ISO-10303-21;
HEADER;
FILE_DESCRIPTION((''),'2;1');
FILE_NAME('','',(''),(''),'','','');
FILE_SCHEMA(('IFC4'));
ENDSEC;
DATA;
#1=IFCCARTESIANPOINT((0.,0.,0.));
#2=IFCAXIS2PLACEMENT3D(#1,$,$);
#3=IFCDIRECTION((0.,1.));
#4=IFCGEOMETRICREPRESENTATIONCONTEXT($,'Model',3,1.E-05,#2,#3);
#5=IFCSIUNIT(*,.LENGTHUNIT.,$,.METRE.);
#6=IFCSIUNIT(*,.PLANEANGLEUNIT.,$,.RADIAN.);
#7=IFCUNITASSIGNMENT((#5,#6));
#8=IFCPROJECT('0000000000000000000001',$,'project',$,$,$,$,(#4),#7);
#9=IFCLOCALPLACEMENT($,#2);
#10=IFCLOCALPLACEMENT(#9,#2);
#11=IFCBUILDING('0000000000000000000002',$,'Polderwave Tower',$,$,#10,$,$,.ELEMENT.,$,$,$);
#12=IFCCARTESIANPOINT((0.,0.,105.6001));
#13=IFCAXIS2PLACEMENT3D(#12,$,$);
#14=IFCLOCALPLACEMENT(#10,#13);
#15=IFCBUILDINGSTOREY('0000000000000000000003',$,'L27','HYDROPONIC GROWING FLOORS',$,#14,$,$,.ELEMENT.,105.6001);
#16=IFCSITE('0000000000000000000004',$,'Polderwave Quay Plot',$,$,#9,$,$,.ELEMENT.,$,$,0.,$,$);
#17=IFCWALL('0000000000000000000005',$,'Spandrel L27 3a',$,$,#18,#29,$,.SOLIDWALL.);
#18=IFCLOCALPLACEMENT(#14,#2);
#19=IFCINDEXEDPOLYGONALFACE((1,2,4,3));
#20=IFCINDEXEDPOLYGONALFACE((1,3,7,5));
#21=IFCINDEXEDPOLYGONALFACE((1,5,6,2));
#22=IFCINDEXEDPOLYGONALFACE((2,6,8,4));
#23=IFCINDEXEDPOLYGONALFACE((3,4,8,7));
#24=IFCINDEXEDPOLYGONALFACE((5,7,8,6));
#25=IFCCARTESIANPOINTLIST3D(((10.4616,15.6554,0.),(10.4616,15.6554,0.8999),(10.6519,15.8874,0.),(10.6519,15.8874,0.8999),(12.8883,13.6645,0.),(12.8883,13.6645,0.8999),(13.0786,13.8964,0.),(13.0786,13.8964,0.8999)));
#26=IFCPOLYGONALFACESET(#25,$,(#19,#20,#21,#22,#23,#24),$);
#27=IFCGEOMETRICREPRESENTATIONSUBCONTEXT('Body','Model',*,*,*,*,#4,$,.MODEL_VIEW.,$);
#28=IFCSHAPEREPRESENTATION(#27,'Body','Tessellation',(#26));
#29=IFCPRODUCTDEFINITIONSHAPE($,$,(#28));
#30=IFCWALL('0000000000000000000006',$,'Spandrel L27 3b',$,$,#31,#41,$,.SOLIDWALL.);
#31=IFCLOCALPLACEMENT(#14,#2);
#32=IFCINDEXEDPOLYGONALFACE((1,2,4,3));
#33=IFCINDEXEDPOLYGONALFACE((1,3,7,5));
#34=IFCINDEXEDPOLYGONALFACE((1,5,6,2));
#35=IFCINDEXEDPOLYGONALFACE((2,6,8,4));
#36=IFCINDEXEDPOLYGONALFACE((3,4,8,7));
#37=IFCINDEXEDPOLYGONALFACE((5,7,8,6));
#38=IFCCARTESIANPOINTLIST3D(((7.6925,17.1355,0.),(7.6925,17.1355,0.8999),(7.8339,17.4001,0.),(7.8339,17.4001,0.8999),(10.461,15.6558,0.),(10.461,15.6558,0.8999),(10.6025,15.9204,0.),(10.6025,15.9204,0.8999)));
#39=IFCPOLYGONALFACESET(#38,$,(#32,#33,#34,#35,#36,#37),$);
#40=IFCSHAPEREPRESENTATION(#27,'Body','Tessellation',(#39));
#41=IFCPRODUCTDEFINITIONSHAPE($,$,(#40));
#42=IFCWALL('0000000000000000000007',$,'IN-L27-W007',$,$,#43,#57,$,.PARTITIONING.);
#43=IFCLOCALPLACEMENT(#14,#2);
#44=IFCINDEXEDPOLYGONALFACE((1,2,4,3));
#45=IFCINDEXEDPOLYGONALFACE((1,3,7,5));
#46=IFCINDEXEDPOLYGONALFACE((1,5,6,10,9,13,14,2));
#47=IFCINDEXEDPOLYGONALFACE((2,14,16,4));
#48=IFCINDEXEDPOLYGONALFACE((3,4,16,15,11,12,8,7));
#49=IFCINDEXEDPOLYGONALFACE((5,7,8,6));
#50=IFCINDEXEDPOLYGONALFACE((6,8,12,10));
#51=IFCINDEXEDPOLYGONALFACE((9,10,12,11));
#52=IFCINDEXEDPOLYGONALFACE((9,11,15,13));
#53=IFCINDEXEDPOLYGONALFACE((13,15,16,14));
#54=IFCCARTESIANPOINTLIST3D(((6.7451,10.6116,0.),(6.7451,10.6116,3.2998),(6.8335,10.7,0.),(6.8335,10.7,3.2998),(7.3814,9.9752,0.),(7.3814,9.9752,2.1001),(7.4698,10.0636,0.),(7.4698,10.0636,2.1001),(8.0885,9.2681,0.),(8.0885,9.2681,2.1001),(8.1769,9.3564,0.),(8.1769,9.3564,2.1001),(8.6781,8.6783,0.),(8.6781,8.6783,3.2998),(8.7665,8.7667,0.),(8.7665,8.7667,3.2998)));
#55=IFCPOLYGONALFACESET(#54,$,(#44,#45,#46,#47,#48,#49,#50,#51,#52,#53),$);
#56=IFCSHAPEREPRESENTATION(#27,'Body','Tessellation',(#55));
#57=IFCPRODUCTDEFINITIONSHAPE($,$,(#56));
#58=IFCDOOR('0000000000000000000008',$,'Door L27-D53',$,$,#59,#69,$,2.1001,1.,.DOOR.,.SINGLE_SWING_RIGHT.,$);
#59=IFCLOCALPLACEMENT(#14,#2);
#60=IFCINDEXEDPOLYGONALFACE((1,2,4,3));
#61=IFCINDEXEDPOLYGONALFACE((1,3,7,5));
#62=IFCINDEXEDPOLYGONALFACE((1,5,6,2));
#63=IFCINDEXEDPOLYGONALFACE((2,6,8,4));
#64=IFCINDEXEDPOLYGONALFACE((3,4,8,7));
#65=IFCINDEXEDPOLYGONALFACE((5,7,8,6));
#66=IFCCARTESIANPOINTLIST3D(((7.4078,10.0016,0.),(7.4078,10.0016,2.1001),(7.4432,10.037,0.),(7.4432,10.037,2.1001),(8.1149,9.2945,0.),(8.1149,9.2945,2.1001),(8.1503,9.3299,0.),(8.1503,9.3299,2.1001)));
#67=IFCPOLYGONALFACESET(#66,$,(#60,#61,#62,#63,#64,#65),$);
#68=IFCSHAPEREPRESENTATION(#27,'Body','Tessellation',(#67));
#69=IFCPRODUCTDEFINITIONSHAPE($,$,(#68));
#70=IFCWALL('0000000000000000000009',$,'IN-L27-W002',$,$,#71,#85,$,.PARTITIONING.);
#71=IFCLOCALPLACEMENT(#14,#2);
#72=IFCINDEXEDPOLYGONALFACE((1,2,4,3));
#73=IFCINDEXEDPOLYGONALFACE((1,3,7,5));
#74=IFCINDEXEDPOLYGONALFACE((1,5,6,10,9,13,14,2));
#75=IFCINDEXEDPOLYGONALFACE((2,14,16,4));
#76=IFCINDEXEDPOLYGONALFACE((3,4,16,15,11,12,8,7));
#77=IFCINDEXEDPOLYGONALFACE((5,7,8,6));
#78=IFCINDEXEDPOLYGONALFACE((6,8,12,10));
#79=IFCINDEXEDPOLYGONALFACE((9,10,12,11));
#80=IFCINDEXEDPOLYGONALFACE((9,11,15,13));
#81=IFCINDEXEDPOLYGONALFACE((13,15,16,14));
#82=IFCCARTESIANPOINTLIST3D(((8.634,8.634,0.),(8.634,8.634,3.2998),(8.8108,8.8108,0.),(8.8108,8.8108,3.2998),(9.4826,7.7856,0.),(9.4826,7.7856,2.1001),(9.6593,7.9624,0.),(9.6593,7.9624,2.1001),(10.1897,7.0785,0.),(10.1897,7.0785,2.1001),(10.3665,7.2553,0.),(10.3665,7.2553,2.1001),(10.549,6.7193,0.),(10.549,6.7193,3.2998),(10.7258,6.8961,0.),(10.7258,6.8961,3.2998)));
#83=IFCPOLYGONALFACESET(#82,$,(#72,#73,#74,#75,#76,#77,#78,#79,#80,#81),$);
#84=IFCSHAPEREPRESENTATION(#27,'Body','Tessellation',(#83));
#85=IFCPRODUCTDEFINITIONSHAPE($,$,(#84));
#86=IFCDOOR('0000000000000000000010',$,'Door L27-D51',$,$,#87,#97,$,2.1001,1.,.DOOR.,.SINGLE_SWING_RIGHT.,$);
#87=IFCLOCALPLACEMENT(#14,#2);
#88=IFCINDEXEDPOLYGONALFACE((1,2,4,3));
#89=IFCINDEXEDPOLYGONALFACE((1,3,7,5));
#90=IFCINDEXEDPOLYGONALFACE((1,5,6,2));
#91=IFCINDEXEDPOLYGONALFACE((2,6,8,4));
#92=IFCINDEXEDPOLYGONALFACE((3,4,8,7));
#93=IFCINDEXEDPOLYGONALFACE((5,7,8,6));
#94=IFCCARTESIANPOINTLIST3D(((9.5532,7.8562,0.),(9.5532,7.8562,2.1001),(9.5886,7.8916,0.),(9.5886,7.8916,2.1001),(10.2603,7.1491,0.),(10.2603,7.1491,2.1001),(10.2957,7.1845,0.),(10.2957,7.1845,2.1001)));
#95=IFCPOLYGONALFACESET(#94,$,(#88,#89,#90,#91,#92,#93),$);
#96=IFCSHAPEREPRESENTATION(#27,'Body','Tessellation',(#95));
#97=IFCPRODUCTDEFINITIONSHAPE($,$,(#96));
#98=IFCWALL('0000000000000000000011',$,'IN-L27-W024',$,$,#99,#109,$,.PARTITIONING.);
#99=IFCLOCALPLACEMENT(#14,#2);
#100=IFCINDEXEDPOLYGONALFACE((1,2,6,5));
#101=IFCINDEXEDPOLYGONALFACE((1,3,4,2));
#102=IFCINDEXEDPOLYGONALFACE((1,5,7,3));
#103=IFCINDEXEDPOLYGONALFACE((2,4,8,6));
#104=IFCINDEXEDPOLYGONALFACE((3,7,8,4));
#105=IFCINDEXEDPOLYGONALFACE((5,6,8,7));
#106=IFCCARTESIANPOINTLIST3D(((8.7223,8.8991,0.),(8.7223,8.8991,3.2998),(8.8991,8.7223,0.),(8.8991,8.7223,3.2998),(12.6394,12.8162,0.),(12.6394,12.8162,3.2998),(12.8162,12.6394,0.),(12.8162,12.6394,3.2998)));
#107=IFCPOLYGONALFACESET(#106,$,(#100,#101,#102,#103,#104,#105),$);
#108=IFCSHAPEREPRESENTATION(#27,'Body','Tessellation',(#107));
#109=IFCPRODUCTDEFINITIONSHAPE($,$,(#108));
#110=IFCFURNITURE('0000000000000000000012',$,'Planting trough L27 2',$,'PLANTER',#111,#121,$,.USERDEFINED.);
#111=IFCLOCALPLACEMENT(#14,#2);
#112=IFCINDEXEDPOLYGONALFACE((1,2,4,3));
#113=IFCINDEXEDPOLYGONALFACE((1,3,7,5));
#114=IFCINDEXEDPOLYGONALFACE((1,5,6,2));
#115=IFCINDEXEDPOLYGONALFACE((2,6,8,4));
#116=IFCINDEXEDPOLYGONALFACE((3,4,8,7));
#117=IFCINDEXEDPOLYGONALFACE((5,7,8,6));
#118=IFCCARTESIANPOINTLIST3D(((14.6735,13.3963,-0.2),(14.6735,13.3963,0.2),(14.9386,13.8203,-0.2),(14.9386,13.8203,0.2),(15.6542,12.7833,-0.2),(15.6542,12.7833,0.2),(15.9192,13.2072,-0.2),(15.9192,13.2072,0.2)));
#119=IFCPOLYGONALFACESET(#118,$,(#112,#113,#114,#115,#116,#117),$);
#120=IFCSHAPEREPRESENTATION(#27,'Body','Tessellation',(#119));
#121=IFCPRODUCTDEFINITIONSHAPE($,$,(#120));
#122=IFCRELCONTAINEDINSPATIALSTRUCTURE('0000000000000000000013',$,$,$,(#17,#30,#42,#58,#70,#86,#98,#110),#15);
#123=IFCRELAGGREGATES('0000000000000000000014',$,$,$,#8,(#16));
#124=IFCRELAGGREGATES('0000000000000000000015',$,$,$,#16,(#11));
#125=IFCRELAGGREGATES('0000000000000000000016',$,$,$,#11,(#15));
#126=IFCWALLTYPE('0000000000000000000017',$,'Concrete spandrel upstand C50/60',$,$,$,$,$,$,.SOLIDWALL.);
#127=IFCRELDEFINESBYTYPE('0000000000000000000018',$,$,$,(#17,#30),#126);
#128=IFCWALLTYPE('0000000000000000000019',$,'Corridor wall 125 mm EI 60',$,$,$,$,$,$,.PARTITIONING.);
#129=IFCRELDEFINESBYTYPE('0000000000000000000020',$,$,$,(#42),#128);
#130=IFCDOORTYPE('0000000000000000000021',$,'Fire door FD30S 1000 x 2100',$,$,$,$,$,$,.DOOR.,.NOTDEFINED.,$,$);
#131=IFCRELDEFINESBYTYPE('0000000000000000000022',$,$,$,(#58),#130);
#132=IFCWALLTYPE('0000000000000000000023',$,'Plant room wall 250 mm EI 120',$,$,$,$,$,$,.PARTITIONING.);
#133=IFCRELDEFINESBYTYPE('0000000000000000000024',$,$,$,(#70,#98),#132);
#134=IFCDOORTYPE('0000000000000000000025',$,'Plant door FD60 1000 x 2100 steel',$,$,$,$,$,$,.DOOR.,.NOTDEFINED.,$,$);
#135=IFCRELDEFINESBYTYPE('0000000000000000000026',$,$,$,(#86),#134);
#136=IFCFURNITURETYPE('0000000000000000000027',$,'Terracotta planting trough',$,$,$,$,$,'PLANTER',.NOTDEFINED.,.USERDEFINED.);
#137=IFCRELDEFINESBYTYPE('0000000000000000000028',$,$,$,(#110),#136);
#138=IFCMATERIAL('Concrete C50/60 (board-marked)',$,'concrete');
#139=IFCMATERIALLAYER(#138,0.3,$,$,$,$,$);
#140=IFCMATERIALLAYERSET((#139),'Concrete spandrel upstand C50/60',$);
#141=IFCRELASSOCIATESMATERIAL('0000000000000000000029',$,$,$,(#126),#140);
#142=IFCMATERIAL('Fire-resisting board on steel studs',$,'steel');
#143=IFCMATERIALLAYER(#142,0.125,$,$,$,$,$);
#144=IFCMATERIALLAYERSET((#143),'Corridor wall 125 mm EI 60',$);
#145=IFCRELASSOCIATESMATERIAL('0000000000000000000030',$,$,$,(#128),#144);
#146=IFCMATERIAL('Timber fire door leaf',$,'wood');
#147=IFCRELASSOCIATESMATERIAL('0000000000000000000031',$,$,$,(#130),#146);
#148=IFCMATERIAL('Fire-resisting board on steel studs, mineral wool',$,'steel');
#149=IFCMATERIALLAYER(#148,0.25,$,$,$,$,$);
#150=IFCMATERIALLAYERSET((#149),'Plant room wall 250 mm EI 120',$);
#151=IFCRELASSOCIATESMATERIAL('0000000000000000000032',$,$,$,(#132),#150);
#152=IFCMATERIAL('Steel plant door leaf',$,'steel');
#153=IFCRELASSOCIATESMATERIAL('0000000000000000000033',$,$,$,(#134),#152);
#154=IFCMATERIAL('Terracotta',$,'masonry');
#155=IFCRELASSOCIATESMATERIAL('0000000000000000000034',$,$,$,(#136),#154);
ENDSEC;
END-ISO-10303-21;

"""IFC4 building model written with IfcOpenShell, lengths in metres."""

from ifc_helpers import new_model, si_unit, direction, frame, frame_2d, origin, origin_2d, place, context, subcontext, project, spatial, rectangle, extrude, material, layer, layer_set, type_object, element, fill, save


model = new_model("IFC4")

# Units and contexts
model_context = context("Model", 3, precision=1e-05, world=origin(), true_north=direction((0.0, 1.0)))
body_context = subcontext(model_context, "Body", "Model", "MODEL_VIEW")
ifc_project = project(units=[si_unit("LENGTHUNIT", "METRE"), si_unit("PLANEANGLEUNIT", "RADIAN")], contexts=[model_context])

# Site, building, storey
site_placement = place(None, origin())
site = spatial("IfcSite", under=ifc_project, at=site_placement, Name="Polderwave Quay Plot", CompositionType="ELEMENT", RefElevation=0.0)
building_placement = place(site_placement, origin())
building = spatial("IfcBuilding", under=site, at=building_placement, Name="Polderwave Tower", CompositionType="ELEMENT")
storey_placement = place(building_placement, frame((0.0, 0.0, 105.6001)))
storey = spatial("IfcBuildingStorey", under=building, at=storey_placement, Name="L27", Description="HYDROPONIC GROWING FLOORS", CompositionType="ELEMENT", Elevation=105.6001)

# Walls
ifc_material_1 = material(Name="Concrete C50/60 (board-marked)", Category="concrete")
ifc_layer_1 = layer(ifc_material_1, 0.3)
ifc_layer_set_1 = layer_set([ifc_layer_1], Name="Concrete spandrel upstand C50/60")
wall_type_1 = type_object("IfcWallType", Name="Concrete spandrel upstand C50/60", PredefinedType="SOLIDWALL", material=ifc_layer_set_1)
for number, where, z_axis, x_axis, name in (
    (1, (12.9834, 13.7805, 0.0), (0.0, 0.0, 1.0), (-0.773108, 0.634275, 0.0), "Spandrel L27 3a"),
):
    element("IfcWall", number, at=place(storey_placement, frame(where, z_axis=z_axis, x_axis=x_axis)), inside=storey, type_object=wall_type_1, Name=name, PredefinedType="SOLIDWALL", context=body_context, shape_type="SweptSolid", body=[
        extrude(rectangle(XDim=3.1389, YDim=0.3, at=frame_2d((1.5693, 0.0))), origin(), (0.0, 0.0, 1.0), 0.8999),
    ])
wall_1_placement = place(storey_placement, frame((10.5317, 15.7881, 0.0), z_axis=(0.0, 0.0, 1.0), x_axis=(-0.881933, 0.471375, 0.0)))
element("IfcWall", 2, at=wall_1_placement, inside=storey, type_object=wall_type_1, Name="Spandrel L27 3b", PredefinedType="SOLIDWALL", context=body_context, shape_type="SweptSolid", body=[
    extrude(rectangle(XDim=3.1392, YDim=0.3, at=frame_2d((1.5696, 0.0))), origin(), (0.0, 0.0, 1.0), 0.8999),
])

# Walls, openings, doors
ifc_material_2 = material(Name="Fire-resisting board on steel studs", Category="steel")
ifc_layer_2 = layer(ifc_material_2, 0.125)
ifc_layer_set_2 = layer_set([ifc_layer_2], Name="Corridor wall 125 mm EI 60")
wall_type_2 = type_object("IfcWallType", Name="Corridor wall 125 mm EI 60", PredefinedType="PARTITIONING", material=ifc_layer_set_2)
wall_2_placement = place(storey_placement, frame((6.7893, 10.6558, 0.0), z_axis=(0.0, 0.0, 1.0), x_axis=(0.707062, -0.707151, 0.0)))
wall_2 = element("IfcWall", 3, at=wall_2_placement, inside=storey, type_object=wall_type_2, Name="IN-L27-W007", PredefinedType="PARTITIONING", context=body_context, shape_type="SweptSolid", body=[
    extrude(rectangle(XDim=2.7339, YDim=0.125, at=frame_2d((1.3669, 0.0))), origin(), (0.0, 0.0, 1.0), 3.2998),
])
opening_1_placement = place(wall_2_placement, frame((0.8999, 0.0, 0.0)))
opening_1 = element("IfcOpeningElement", 4, at=opening_1_placement, cuts=wall_2, PredefinedType="OPENING", context=body_context, shape_type="SweptSolid", body=[
    extrude(rectangle(XDim=1.0, YDim=2.1001, at=frame_2d((0.5, 1.05))), frame((0.0, 0.0725, 0.0), z_axis=(0.0, -1.0, 0.0), x_axis=(1.0, 0.0, 0.0)), (0.0, 0.0, 1.0), 0.145),
])
ifc_material_3 = material(Name="Timber fire door leaf", Category="wood")
door_type_1 = type_object("IfcDoorType", Name="Fire door FD30S 1000 x 2100", OperationType="NOTDEFINED", PredefinedType="DOOR", material=ifc_material_3)
door_1_placement = place(opening_1_placement, origin())
door_1 = element("IfcDoor", 5, at=door_1_placement, inside=storey, type_object=door_type_1, Name="Door L27-D53", OperationType="SINGLE_SWING_RIGHT", OverallHeight=2.1001, OverallWidth=1.0, PredefinedType="DOOR", context=body_context, shape_type="SweptSolid", body=[
    extrude(rectangle(XDim=1.0, YDim=2.1001, at=frame_2d((0.5, 1.05))), frame((0.0, 0.0249, 0.0), z_axis=(0.0, -1.0, 0.0), x_axis=(1.0, 0.0, 0.0)), (0.0, 0.0, 1.0), 0.05),
])
fill(opening_1, door_1)
ifc_material_4 = material(Name="Fire-resisting board on steel studs, mineral wool", Category="steel")
ifc_layer_3 = layer(ifc_material_4, 0.25)
ifc_layer_set_3 = layer_set([ifc_layer_3], Name="Plant room wall 250 mm EI 120")
wall_type_3 = type_object("IfcWallType", Name="Plant room wall 250 mm EI 120", PredefinedType="PARTITIONING", material=ifc_layer_set_3)
wall_3_placement = place(storey_placement, frame((8.7224, 8.7224, 0.0), z_axis=(0.0, 0.0, 1.0), x_axis=(0.707152, -0.707062, 0.0)))
wall_3 = element("IfcWall", 6, at=wall_3_placement, inside=storey, type_object=wall_type_3, Name="IN-L27-W002", PredefinedType="PARTITIONING", context=body_context, shape_type="SweptSolid", body=[
    extrude(rectangle(XDim=2.708, YDim=0.25, at=frame_2d((1.354, 0.0))), origin(), (0.0, 0.0, 1.0), 3.2998),
])
opening_2_placement = place(wall_3_placement, frame((1.2, 0.0, 0.0)))
opening_2 = element("IfcOpeningElement", 7, at=opening_2_placement, cuts=wall_3, PredefinedType="OPENING", context=body_context, shape_type="SweptSolid", body=[
    extrude(rectangle(XDim=1.0, YDim=2.1001, at=frame_2d((0.5, 1.05))), frame((0.0, 0.135, 0.0), z_axis=(0.0, -1.0, 0.0), x_axis=(1.0, 0.0, 0.0)), (0.0, 0.0, 1.0), 0.27),
])
ifc_material_5 = material(Name="Steel plant door leaf", Category="steel")
door_type_2 = type_object("IfcDoorType", Name="Plant door FD60 1000 x 2100 steel", OperationType="NOTDEFINED", PredefinedType="DOOR", material=ifc_material_5)
door_2_placement = place(opening_2_placement, origin())
door_2 = element("IfcDoor", 8, at=door_2_placement, inside=storey, type_object=door_type_2, Name="Door L27-D51", OperationType="SINGLE_SWING_RIGHT", OverallHeight=2.1001, OverallWidth=1.0, PredefinedType="DOOR", context=body_context, shape_type="SweptSolid", body=[
    extrude(rectangle(XDim=1.0, YDim=2.1001, at=frame_2d((0.5, 1.05))), frame((0.0, 0.0249, 0.0), z_axis=(0.0, -1.0, 0.0), x_axis=(1.0, 0.0, 0.0)), (0.0, 0.0, 1.0), 0.05),
])
fill(opening_2, door_2)

# Wall
wall_4_placement = place(storey_placement, frame((12.7278, 12.7278, 0.0), z_axis=(0.0, 0.0, 1.0), x_axis=(-0.707107, -0.707107, 0.0)))
element("IfcWall", 9, at=wall_4_placement, inside=storey, type_object=wall_type_3, Name="IN-L27-W024", PredefinedType="PARTITIONING", context=body_context, shape_type="SweptSolid", body=[
    extrude(rectangle(XDim=5.5396, YDim=0.25, at=frame_2d((2.7698, 0.0))), origin(), (0.0, 0.0, 1.0), 3.2998),
])

# Furniture
ifc_material_6 = material(Name="Terracotta", Category="masonry")
furniture_type = type_object("IfcFurnitureType", Name="Terracotta planting trough", ElementType="PLANTER", AssemblyPlace="NOTDEFINED", PredefinedType="USERDEFINED", material=ifc_material_6)
furniture_placement = place(storey_placement, frame((15.2964, 13.3018, -0.2), z_axis=(0.0, 0.0, 1.0), x_axis=(-0.847961, 0.530058, 0.0)))
element("IfcFurniture", 10, at=furniture_placement, inside=storey, type_object=furniture_type, Name="Planting trough L27 2", ObjectType="PLANTER", PredefinedType="USERDEFINED", context=body_context, shape_type="SweptSolid", body=[
    extrude(rectangle(XDim=1.1565, YDim=0.5, at=origin_2d()), origin(), (0.0, 0.0, 1.0), 0.3999),
])

save(model, "model.ifc")
